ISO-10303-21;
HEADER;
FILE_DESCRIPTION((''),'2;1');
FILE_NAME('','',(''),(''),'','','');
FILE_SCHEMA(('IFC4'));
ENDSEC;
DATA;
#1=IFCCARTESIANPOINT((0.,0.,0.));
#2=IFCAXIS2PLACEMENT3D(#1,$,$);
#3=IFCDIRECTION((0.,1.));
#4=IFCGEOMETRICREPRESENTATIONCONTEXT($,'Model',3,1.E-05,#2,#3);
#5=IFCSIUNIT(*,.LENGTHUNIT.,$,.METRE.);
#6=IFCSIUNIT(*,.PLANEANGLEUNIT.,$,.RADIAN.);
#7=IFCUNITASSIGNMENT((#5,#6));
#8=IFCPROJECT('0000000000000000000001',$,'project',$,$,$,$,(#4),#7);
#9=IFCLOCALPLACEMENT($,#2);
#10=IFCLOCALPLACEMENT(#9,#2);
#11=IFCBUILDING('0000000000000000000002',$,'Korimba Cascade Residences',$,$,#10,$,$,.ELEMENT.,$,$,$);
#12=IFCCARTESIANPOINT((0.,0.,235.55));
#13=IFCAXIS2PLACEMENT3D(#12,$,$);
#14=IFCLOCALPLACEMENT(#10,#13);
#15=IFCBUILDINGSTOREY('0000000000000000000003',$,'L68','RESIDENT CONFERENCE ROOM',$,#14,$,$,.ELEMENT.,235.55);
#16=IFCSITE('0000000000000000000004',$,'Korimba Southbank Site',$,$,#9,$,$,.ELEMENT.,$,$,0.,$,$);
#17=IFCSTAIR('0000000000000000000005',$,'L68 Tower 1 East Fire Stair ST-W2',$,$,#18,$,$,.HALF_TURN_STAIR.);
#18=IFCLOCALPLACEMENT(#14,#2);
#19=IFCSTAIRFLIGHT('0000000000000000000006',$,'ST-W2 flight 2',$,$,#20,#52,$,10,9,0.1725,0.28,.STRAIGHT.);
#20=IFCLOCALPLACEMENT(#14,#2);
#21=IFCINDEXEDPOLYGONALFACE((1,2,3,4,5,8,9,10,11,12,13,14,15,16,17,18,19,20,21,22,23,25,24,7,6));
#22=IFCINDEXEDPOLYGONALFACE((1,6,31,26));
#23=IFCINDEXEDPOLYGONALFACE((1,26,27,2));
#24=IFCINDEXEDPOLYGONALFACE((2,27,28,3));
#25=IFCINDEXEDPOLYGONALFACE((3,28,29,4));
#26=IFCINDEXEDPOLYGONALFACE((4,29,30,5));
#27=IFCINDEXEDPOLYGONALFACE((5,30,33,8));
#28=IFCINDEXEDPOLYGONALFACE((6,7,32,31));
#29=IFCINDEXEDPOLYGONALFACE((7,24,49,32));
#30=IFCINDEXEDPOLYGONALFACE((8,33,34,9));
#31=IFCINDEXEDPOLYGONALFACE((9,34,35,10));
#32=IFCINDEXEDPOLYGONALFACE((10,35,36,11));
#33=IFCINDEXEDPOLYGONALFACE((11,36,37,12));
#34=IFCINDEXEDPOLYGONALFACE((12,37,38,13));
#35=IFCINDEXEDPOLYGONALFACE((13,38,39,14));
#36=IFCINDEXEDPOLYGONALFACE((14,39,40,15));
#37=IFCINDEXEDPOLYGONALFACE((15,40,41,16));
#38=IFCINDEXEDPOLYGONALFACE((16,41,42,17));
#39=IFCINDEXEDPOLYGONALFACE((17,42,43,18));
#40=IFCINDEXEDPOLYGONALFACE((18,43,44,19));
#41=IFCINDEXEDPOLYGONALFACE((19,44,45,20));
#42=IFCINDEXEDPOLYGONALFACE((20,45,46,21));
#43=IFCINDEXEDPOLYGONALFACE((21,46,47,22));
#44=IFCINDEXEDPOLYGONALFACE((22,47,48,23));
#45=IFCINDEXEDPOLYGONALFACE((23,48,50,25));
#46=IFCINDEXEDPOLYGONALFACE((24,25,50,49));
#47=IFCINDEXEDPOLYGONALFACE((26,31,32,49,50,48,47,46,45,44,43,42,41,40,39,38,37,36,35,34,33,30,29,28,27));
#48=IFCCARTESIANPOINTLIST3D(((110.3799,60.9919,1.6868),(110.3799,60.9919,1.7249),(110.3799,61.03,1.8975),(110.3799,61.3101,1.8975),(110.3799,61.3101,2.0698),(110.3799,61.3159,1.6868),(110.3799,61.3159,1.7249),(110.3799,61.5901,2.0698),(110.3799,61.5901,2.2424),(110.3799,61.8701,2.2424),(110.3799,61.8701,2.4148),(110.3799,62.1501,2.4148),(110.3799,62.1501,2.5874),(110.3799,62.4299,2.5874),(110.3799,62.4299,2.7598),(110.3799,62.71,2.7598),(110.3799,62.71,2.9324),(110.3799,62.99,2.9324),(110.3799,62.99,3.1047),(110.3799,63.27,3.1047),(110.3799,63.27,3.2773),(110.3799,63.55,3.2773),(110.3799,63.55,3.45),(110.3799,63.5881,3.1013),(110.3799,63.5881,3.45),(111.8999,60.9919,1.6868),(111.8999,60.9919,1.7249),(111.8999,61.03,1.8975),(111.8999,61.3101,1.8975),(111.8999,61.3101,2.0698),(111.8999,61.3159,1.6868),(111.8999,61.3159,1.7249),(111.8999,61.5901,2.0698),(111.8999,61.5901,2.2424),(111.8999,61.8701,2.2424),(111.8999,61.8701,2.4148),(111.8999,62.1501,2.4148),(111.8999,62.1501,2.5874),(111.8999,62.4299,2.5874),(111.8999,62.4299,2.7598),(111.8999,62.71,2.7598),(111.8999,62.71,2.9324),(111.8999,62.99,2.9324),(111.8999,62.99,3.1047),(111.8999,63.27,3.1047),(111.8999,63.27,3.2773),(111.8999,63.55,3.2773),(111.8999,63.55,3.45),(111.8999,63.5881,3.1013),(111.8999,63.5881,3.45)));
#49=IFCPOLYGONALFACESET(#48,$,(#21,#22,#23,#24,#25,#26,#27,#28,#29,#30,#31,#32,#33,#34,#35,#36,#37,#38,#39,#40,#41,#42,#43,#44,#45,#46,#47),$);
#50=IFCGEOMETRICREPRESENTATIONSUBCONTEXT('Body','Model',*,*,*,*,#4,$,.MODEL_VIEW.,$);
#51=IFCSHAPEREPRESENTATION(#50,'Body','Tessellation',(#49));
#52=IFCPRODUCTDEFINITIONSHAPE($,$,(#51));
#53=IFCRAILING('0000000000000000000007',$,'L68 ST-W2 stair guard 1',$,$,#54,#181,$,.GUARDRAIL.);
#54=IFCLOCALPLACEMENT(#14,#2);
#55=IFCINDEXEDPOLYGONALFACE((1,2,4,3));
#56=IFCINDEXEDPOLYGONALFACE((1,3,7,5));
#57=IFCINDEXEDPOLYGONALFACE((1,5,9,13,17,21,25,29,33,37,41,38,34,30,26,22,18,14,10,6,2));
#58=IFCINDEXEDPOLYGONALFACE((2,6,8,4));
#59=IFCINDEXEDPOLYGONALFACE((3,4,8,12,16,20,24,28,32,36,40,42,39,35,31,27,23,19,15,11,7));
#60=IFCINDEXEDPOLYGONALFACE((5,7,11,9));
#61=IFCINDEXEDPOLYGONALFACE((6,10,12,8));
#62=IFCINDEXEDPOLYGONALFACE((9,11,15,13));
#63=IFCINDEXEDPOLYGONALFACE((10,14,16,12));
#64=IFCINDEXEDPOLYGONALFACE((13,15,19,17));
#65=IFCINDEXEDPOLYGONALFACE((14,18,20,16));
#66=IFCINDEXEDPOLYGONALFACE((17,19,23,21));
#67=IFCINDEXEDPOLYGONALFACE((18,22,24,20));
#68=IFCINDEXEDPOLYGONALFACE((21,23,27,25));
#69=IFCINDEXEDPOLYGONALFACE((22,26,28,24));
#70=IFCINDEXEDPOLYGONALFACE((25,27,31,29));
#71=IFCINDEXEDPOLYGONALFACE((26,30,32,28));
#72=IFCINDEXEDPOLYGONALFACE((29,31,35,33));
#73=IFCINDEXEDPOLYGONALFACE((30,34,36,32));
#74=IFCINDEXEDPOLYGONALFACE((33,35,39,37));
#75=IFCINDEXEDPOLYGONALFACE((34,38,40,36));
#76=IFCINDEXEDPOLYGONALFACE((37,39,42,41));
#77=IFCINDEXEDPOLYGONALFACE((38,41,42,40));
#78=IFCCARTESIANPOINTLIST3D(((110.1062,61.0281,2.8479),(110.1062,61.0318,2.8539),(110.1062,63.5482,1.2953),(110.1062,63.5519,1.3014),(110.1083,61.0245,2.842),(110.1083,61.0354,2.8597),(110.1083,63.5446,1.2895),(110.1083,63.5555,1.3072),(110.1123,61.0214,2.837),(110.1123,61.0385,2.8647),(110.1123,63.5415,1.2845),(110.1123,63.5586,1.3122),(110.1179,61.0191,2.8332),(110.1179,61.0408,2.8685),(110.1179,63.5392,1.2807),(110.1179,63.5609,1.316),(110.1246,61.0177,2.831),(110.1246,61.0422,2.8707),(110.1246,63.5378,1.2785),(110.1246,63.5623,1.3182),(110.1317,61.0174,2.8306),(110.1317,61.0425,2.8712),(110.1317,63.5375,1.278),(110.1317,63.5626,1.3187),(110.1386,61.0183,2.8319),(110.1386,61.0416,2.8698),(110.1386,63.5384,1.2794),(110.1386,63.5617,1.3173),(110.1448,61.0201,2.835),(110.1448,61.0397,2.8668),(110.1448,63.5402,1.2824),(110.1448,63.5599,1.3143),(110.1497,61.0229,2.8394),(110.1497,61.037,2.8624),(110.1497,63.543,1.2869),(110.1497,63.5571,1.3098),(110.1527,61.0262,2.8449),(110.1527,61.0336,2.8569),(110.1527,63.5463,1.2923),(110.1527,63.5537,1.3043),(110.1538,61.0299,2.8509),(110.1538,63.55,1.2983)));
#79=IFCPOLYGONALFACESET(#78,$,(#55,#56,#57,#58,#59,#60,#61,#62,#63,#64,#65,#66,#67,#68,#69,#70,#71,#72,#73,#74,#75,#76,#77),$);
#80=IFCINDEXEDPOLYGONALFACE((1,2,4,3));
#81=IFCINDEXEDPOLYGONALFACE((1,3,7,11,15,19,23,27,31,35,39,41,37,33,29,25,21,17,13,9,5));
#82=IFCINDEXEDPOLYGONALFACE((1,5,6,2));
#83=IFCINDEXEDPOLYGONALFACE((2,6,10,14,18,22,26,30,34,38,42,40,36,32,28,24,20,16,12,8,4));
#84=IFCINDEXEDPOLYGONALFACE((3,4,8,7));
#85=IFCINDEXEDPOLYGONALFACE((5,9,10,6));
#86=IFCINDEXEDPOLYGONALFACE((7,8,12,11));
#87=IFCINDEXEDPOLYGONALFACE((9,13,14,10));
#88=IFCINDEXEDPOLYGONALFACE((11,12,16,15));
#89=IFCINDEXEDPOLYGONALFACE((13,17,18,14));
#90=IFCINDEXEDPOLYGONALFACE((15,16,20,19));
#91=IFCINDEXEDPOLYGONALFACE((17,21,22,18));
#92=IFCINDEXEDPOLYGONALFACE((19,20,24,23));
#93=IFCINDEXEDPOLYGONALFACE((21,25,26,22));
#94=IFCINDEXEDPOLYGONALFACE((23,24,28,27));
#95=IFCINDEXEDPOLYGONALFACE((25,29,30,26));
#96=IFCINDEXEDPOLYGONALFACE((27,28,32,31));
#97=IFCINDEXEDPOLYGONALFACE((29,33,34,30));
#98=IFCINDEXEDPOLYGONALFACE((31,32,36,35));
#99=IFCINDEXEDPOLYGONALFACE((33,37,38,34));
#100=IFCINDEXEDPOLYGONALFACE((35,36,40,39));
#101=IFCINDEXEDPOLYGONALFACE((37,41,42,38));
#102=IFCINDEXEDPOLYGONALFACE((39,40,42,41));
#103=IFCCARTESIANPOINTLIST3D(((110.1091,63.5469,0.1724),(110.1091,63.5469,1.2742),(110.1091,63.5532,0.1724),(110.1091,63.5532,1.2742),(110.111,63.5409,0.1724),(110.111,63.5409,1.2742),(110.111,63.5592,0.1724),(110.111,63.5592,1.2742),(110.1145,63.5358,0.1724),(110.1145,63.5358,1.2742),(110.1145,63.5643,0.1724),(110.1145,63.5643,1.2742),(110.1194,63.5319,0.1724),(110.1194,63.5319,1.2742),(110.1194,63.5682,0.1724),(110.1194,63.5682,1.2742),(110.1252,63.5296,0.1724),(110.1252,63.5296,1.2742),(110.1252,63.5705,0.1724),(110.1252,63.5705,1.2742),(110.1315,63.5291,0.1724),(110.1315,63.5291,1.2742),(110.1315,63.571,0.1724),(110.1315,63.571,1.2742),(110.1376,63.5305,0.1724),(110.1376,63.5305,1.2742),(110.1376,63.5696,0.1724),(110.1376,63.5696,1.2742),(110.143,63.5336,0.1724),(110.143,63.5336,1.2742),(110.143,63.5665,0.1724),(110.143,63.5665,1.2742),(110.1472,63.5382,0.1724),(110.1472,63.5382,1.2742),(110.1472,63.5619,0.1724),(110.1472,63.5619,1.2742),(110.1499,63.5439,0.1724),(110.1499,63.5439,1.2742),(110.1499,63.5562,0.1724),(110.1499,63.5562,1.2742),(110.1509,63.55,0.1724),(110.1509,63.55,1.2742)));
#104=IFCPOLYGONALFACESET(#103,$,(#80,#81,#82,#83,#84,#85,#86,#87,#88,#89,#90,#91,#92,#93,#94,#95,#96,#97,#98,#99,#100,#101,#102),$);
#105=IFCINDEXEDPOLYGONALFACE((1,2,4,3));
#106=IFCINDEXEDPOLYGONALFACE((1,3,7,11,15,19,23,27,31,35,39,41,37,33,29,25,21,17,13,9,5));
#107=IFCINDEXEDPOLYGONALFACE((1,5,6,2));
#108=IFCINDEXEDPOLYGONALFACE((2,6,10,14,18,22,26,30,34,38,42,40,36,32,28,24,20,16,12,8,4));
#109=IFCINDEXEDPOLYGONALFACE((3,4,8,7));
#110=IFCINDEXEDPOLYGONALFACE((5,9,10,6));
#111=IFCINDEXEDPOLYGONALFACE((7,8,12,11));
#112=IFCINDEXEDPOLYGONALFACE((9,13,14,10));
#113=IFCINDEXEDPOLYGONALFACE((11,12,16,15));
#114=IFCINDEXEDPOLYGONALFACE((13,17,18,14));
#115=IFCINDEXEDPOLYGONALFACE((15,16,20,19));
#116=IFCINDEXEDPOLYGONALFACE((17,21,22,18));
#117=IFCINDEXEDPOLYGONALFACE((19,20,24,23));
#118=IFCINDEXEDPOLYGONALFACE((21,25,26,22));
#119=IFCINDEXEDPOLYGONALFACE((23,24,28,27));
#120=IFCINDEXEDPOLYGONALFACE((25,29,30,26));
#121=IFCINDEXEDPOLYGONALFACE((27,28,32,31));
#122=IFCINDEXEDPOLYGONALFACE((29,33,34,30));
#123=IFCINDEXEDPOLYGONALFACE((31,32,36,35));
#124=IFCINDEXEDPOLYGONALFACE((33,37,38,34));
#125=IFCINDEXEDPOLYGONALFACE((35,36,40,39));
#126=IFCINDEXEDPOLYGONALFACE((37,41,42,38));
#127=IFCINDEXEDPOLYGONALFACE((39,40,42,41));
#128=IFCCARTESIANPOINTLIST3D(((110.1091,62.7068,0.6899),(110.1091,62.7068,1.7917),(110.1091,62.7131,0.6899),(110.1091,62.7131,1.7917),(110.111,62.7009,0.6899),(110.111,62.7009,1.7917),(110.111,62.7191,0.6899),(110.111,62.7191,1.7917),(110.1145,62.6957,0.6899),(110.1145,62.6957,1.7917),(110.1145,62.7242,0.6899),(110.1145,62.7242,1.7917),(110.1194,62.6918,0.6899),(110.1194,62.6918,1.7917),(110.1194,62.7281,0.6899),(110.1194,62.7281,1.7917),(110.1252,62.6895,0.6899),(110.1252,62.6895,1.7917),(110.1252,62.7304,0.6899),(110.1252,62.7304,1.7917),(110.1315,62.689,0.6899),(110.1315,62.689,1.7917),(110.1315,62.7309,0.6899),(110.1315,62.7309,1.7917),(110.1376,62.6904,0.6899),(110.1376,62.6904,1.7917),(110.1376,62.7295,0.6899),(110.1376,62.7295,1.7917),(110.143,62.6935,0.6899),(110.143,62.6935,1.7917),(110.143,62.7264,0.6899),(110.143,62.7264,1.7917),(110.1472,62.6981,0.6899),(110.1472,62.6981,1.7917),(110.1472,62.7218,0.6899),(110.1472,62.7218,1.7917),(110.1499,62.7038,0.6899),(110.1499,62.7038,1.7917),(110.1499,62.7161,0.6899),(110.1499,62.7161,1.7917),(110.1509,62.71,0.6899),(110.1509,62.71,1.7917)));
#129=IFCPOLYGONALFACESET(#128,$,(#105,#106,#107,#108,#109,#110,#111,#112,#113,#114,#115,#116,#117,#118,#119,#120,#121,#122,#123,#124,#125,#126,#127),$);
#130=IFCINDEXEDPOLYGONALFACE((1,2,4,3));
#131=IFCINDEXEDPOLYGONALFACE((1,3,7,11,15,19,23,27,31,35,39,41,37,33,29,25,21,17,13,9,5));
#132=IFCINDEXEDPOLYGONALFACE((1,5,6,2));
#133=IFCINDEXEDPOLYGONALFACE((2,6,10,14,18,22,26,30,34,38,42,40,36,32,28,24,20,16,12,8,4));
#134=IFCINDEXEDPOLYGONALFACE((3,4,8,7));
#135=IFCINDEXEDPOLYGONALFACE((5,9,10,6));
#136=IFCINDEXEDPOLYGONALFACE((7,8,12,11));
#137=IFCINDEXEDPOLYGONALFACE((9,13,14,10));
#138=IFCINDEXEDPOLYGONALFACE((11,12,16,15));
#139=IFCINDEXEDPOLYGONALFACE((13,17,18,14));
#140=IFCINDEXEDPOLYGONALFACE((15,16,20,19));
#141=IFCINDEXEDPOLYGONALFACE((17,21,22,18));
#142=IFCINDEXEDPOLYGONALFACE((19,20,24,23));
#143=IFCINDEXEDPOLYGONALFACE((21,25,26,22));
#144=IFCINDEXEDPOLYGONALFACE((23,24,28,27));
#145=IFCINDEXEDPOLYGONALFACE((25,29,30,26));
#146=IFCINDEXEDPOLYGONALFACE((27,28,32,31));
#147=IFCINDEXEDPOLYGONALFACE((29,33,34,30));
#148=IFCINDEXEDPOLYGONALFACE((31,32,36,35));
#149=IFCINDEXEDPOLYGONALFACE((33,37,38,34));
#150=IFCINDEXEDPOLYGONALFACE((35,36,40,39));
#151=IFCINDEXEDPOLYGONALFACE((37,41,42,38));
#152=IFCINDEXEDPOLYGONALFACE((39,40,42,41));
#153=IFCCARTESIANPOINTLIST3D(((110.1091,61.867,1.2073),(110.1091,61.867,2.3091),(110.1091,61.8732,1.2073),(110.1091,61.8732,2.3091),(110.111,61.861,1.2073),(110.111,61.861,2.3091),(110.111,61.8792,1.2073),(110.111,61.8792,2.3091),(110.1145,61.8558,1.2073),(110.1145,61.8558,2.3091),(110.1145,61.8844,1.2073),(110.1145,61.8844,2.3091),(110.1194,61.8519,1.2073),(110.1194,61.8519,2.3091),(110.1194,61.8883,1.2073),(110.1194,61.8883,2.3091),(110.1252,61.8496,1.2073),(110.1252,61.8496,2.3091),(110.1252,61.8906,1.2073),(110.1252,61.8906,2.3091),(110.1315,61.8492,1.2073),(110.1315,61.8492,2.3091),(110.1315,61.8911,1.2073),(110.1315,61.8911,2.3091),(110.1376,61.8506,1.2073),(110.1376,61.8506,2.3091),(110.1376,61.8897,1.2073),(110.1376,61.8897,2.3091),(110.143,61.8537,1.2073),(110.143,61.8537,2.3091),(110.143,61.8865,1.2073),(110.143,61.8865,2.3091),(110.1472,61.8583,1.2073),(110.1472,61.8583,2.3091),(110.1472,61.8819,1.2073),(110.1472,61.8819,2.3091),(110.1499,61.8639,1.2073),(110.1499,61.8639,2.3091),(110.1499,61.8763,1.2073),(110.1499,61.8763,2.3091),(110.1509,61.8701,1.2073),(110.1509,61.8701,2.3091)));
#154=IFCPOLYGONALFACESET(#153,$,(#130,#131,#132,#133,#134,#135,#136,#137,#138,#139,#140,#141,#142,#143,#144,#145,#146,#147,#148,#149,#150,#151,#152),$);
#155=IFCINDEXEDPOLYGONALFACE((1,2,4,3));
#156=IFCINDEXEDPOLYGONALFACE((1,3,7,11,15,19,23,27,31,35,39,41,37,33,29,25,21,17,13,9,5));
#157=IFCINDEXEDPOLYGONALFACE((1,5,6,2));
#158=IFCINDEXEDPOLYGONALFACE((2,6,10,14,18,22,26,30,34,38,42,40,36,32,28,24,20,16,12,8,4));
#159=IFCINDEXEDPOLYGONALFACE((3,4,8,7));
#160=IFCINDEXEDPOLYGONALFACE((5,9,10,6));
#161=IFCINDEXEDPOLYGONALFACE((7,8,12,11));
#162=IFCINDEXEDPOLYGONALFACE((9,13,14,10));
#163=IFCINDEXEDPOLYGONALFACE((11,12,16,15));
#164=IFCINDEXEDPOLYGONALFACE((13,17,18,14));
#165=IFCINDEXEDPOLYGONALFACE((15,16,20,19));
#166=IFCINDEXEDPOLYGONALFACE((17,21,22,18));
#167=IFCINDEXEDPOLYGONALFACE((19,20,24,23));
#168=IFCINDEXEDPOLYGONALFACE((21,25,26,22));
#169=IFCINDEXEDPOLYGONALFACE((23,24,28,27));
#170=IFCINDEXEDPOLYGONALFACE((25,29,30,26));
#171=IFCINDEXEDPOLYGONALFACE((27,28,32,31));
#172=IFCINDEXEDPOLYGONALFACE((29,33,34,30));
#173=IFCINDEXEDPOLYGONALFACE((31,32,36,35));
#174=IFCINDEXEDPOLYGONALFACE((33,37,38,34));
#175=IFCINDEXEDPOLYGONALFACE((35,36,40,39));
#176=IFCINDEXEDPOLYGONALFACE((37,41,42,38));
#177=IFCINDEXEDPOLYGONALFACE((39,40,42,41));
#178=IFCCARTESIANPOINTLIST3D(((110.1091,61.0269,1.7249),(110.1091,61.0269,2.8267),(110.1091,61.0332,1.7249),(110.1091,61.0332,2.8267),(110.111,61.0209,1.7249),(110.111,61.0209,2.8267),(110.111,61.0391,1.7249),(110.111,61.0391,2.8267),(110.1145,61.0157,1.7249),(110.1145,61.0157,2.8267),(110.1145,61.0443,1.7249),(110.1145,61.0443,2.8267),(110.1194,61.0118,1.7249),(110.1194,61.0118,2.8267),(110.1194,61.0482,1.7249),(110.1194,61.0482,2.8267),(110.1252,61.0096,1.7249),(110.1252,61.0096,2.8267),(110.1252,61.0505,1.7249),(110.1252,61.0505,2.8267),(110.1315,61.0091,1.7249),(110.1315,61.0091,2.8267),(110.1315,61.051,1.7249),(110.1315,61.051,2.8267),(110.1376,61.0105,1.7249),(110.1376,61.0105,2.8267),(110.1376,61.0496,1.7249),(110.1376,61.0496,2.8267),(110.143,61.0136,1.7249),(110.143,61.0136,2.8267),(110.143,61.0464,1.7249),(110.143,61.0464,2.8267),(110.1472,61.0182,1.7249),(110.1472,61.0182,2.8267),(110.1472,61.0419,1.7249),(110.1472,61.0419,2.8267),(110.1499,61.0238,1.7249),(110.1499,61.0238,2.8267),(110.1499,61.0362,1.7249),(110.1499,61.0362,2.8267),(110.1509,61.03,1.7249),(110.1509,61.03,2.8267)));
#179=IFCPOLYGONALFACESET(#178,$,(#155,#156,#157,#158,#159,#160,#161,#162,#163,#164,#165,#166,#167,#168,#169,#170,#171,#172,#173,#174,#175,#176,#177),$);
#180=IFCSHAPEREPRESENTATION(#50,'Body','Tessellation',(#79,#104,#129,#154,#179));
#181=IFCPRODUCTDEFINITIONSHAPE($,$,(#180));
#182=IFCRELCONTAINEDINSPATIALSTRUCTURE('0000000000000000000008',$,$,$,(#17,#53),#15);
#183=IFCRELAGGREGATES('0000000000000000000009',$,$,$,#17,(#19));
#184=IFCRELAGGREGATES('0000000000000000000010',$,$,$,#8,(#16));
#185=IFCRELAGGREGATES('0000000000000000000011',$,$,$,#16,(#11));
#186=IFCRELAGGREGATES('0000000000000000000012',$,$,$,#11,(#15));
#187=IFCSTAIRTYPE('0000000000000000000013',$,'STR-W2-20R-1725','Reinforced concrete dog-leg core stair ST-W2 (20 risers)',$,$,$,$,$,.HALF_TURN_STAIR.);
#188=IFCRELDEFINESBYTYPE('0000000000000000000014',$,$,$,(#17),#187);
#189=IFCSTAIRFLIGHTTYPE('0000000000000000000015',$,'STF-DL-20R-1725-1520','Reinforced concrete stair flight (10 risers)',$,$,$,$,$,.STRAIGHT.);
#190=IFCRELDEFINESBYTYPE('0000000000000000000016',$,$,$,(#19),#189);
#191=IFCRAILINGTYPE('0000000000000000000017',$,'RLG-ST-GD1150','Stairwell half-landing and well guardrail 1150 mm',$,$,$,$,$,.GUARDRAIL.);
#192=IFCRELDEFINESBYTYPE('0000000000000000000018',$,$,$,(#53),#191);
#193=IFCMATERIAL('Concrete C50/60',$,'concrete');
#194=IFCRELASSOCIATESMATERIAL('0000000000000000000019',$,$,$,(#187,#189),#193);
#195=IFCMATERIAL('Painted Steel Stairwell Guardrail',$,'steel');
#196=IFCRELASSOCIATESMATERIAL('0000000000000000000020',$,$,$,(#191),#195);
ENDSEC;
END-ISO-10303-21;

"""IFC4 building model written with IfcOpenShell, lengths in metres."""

from ifc_helpers import new_model, si_unit, direction, frame, origin, origin_2d, place, context, subcontext, project, spatial, polyline, circle, outline, extrude, material, type_object, element, aggregate, save


model = new_model("IFC4")

# Units and contexts
model_context = context("Model", 3, precision=1e-05, world=origin(), true_north=direction((0.0, 1.0)))
body_context = subcontext(model_context, "Body", "Model", "MODEL_VIEW")
ifc_project = project(units=[si_unit("LENGTHUNIT", "METRE"), si_unit("PLANEANGLEUNIT", "RADIAN")], contexts=[model_context])

# Site, building, storey
site_placement = place(None, origin())
site = spatial("IfcSite", under=ifc_project, at=site_placement, Name="Korimba Southbank Site", CompositionType="ELEMENT", RefElevation=0.0)
building_placement = place(site_placement, origin())
building = spatial("IfcBuilding", under=site, at=building_placement, Name="Korimba Cascade Residences", CompositionType="ELEMENT")
storey_placement = place(building_placement, frame((0.0, 0.0, 235.55)))
storey = spatial("IfcBuildingStorey", under=building, at=storey_placement, Name="L68", Description="RESIDENT CONFERENCE ROOM", CompositionType="ELEMENT", Elevation=235.55)

# Shared definitions
ifc_material_1 = material(Name="Concrete C50/60", Category="concrete")

# Stair, stair flight
stair_type = type_object("IfcStairType", Name="STR-W2-20R-1725", Description="Reinforced concrete dog-leg core stair ST-W2 (20 risers)", PredefinedType="HALF_TURN_STAIR", material=ifc_material_1)
stair_placement = place(storey_placement, origin())
stair = element("IfcStair", 1, at=stair_placement, inside=storey, type_object=stair_type, Name="L68 Tower 1 East Fire Stair ST-W2", PredefinedType="HALF_TURN_STAIR")
stair_flight_type = type_object("IfcStairFlightType", Name="STF-DL-20R-1725-1520", Description="Reinforced concrete stair flight (10 risers)", PredefinedType="STRAIGHT", material=ifc_material_1)
stair_flight_1_placement = place(storey_placement, frame((111.1399, 61.03, 1.7249), z_axis=(0.0, 0.0, 1.0), x_axis=(0.0, 1.0, 0.0)))
stair_flight_1 = element("IfcStairFlight", 2, at=stair_flight_1_placement, type_object=stair_flight_type, Name="ST-W2 flight 2", NumberOfRisers=10, NumberOfTreads=9, PredefinedType="STRAIGHT", RiserHeight=0.1725, TreadLength=0.28, context=body_context, shape_type="SweptSolid", body=[
    extrude(outline(polyline([(-0.0381, 0.0), (0.0, 0.1726), (0.28, 0.1726), (0.28, 0.345), (0.5601, 0.345), (0.5601, 0.5176), (0.8401, 0.5176), (0.8401, 0.6899), (1.1201, 0.6899), (1.1201, 0.8625), (1.3999, 0.8625), (1.3999, 1.0349), (1.6799, 1.0349), (1.6799, 1.2075), (1.96, 1.2075), (1.96, 1.3799), (2.24, 1.3799), (2.24, 1.5525), (2.52, 1.5525), (2.52, 1.7251), (2.5581, 1.7251), (2.5581, 1.3765), (0.2859, 0.0), (0.2859, -0.0381), (-0.0381, -0.0381), (-0.0381, 0.0)])), frame((0.0, 0.76, 0.0), z_axis=(0.0, -1.0, 0.0), x_axis=(1.0, 0.0, 0.0)), (0.0, 0.0, 1.0), 1.52),
])
aggregate(stair, [stair_flight_1])

# Railing
ifc_material_2 = material(Name="Painted Steel Stairwell Guardrail", Category="steel")
railing_type_1 = type_object("IfcRailingType", Name="RLG-ST-GD1150", Description="Stairwell half-landing and well guardrail 1150 mm", PredefinedType="GUARDRAIL", material=ifc_material_2)
railing_1_placement = place(storey_placement, frame((110.1299, 63.55, 0.1724)))
element("IfcRailing", 3, at=railing_1_placement, inside=storey, type_object=railing_type_1, Name="L68 ST-W2 stair guard 1", PredefinedType="GUARDRAIL", context=body_context, shape_type="SweptSolid", body=[
    extrude(circle(Radius=0.0239, at=origin_2d()), frame((0.0, 0.0, 1.126), z_axis=(0.0, -0.8514, 0.524516), x_axis=(1.0, 0.0, 0.0)), (0.0, 0.0, 1.0), 2.96),
    extrude(circle(Radius=0.021, at=origin_2d()), origin(), (0.0, 0.0, 1.0), 1.1018),
    extrude(circle(Radius=0.021, at=origin_2d()), frame((0.0, -0.8401, 0.5176)), (0.0, 0.0, 1.0), 1.1018),
    extrude(circle(Radius=0.021, at=origin_2d()), frame((0.0, -1.6799, 1.0349)), (0.0, 0.0, 1.0), 1.1018),
    extrude(circle(Radius=0.021, at=origin_2d()), frame((0.0, -2.52, 1.5525)), (0.0, 0.0, 1.0), 1.1018),
])

save(model, "model.ifc")
